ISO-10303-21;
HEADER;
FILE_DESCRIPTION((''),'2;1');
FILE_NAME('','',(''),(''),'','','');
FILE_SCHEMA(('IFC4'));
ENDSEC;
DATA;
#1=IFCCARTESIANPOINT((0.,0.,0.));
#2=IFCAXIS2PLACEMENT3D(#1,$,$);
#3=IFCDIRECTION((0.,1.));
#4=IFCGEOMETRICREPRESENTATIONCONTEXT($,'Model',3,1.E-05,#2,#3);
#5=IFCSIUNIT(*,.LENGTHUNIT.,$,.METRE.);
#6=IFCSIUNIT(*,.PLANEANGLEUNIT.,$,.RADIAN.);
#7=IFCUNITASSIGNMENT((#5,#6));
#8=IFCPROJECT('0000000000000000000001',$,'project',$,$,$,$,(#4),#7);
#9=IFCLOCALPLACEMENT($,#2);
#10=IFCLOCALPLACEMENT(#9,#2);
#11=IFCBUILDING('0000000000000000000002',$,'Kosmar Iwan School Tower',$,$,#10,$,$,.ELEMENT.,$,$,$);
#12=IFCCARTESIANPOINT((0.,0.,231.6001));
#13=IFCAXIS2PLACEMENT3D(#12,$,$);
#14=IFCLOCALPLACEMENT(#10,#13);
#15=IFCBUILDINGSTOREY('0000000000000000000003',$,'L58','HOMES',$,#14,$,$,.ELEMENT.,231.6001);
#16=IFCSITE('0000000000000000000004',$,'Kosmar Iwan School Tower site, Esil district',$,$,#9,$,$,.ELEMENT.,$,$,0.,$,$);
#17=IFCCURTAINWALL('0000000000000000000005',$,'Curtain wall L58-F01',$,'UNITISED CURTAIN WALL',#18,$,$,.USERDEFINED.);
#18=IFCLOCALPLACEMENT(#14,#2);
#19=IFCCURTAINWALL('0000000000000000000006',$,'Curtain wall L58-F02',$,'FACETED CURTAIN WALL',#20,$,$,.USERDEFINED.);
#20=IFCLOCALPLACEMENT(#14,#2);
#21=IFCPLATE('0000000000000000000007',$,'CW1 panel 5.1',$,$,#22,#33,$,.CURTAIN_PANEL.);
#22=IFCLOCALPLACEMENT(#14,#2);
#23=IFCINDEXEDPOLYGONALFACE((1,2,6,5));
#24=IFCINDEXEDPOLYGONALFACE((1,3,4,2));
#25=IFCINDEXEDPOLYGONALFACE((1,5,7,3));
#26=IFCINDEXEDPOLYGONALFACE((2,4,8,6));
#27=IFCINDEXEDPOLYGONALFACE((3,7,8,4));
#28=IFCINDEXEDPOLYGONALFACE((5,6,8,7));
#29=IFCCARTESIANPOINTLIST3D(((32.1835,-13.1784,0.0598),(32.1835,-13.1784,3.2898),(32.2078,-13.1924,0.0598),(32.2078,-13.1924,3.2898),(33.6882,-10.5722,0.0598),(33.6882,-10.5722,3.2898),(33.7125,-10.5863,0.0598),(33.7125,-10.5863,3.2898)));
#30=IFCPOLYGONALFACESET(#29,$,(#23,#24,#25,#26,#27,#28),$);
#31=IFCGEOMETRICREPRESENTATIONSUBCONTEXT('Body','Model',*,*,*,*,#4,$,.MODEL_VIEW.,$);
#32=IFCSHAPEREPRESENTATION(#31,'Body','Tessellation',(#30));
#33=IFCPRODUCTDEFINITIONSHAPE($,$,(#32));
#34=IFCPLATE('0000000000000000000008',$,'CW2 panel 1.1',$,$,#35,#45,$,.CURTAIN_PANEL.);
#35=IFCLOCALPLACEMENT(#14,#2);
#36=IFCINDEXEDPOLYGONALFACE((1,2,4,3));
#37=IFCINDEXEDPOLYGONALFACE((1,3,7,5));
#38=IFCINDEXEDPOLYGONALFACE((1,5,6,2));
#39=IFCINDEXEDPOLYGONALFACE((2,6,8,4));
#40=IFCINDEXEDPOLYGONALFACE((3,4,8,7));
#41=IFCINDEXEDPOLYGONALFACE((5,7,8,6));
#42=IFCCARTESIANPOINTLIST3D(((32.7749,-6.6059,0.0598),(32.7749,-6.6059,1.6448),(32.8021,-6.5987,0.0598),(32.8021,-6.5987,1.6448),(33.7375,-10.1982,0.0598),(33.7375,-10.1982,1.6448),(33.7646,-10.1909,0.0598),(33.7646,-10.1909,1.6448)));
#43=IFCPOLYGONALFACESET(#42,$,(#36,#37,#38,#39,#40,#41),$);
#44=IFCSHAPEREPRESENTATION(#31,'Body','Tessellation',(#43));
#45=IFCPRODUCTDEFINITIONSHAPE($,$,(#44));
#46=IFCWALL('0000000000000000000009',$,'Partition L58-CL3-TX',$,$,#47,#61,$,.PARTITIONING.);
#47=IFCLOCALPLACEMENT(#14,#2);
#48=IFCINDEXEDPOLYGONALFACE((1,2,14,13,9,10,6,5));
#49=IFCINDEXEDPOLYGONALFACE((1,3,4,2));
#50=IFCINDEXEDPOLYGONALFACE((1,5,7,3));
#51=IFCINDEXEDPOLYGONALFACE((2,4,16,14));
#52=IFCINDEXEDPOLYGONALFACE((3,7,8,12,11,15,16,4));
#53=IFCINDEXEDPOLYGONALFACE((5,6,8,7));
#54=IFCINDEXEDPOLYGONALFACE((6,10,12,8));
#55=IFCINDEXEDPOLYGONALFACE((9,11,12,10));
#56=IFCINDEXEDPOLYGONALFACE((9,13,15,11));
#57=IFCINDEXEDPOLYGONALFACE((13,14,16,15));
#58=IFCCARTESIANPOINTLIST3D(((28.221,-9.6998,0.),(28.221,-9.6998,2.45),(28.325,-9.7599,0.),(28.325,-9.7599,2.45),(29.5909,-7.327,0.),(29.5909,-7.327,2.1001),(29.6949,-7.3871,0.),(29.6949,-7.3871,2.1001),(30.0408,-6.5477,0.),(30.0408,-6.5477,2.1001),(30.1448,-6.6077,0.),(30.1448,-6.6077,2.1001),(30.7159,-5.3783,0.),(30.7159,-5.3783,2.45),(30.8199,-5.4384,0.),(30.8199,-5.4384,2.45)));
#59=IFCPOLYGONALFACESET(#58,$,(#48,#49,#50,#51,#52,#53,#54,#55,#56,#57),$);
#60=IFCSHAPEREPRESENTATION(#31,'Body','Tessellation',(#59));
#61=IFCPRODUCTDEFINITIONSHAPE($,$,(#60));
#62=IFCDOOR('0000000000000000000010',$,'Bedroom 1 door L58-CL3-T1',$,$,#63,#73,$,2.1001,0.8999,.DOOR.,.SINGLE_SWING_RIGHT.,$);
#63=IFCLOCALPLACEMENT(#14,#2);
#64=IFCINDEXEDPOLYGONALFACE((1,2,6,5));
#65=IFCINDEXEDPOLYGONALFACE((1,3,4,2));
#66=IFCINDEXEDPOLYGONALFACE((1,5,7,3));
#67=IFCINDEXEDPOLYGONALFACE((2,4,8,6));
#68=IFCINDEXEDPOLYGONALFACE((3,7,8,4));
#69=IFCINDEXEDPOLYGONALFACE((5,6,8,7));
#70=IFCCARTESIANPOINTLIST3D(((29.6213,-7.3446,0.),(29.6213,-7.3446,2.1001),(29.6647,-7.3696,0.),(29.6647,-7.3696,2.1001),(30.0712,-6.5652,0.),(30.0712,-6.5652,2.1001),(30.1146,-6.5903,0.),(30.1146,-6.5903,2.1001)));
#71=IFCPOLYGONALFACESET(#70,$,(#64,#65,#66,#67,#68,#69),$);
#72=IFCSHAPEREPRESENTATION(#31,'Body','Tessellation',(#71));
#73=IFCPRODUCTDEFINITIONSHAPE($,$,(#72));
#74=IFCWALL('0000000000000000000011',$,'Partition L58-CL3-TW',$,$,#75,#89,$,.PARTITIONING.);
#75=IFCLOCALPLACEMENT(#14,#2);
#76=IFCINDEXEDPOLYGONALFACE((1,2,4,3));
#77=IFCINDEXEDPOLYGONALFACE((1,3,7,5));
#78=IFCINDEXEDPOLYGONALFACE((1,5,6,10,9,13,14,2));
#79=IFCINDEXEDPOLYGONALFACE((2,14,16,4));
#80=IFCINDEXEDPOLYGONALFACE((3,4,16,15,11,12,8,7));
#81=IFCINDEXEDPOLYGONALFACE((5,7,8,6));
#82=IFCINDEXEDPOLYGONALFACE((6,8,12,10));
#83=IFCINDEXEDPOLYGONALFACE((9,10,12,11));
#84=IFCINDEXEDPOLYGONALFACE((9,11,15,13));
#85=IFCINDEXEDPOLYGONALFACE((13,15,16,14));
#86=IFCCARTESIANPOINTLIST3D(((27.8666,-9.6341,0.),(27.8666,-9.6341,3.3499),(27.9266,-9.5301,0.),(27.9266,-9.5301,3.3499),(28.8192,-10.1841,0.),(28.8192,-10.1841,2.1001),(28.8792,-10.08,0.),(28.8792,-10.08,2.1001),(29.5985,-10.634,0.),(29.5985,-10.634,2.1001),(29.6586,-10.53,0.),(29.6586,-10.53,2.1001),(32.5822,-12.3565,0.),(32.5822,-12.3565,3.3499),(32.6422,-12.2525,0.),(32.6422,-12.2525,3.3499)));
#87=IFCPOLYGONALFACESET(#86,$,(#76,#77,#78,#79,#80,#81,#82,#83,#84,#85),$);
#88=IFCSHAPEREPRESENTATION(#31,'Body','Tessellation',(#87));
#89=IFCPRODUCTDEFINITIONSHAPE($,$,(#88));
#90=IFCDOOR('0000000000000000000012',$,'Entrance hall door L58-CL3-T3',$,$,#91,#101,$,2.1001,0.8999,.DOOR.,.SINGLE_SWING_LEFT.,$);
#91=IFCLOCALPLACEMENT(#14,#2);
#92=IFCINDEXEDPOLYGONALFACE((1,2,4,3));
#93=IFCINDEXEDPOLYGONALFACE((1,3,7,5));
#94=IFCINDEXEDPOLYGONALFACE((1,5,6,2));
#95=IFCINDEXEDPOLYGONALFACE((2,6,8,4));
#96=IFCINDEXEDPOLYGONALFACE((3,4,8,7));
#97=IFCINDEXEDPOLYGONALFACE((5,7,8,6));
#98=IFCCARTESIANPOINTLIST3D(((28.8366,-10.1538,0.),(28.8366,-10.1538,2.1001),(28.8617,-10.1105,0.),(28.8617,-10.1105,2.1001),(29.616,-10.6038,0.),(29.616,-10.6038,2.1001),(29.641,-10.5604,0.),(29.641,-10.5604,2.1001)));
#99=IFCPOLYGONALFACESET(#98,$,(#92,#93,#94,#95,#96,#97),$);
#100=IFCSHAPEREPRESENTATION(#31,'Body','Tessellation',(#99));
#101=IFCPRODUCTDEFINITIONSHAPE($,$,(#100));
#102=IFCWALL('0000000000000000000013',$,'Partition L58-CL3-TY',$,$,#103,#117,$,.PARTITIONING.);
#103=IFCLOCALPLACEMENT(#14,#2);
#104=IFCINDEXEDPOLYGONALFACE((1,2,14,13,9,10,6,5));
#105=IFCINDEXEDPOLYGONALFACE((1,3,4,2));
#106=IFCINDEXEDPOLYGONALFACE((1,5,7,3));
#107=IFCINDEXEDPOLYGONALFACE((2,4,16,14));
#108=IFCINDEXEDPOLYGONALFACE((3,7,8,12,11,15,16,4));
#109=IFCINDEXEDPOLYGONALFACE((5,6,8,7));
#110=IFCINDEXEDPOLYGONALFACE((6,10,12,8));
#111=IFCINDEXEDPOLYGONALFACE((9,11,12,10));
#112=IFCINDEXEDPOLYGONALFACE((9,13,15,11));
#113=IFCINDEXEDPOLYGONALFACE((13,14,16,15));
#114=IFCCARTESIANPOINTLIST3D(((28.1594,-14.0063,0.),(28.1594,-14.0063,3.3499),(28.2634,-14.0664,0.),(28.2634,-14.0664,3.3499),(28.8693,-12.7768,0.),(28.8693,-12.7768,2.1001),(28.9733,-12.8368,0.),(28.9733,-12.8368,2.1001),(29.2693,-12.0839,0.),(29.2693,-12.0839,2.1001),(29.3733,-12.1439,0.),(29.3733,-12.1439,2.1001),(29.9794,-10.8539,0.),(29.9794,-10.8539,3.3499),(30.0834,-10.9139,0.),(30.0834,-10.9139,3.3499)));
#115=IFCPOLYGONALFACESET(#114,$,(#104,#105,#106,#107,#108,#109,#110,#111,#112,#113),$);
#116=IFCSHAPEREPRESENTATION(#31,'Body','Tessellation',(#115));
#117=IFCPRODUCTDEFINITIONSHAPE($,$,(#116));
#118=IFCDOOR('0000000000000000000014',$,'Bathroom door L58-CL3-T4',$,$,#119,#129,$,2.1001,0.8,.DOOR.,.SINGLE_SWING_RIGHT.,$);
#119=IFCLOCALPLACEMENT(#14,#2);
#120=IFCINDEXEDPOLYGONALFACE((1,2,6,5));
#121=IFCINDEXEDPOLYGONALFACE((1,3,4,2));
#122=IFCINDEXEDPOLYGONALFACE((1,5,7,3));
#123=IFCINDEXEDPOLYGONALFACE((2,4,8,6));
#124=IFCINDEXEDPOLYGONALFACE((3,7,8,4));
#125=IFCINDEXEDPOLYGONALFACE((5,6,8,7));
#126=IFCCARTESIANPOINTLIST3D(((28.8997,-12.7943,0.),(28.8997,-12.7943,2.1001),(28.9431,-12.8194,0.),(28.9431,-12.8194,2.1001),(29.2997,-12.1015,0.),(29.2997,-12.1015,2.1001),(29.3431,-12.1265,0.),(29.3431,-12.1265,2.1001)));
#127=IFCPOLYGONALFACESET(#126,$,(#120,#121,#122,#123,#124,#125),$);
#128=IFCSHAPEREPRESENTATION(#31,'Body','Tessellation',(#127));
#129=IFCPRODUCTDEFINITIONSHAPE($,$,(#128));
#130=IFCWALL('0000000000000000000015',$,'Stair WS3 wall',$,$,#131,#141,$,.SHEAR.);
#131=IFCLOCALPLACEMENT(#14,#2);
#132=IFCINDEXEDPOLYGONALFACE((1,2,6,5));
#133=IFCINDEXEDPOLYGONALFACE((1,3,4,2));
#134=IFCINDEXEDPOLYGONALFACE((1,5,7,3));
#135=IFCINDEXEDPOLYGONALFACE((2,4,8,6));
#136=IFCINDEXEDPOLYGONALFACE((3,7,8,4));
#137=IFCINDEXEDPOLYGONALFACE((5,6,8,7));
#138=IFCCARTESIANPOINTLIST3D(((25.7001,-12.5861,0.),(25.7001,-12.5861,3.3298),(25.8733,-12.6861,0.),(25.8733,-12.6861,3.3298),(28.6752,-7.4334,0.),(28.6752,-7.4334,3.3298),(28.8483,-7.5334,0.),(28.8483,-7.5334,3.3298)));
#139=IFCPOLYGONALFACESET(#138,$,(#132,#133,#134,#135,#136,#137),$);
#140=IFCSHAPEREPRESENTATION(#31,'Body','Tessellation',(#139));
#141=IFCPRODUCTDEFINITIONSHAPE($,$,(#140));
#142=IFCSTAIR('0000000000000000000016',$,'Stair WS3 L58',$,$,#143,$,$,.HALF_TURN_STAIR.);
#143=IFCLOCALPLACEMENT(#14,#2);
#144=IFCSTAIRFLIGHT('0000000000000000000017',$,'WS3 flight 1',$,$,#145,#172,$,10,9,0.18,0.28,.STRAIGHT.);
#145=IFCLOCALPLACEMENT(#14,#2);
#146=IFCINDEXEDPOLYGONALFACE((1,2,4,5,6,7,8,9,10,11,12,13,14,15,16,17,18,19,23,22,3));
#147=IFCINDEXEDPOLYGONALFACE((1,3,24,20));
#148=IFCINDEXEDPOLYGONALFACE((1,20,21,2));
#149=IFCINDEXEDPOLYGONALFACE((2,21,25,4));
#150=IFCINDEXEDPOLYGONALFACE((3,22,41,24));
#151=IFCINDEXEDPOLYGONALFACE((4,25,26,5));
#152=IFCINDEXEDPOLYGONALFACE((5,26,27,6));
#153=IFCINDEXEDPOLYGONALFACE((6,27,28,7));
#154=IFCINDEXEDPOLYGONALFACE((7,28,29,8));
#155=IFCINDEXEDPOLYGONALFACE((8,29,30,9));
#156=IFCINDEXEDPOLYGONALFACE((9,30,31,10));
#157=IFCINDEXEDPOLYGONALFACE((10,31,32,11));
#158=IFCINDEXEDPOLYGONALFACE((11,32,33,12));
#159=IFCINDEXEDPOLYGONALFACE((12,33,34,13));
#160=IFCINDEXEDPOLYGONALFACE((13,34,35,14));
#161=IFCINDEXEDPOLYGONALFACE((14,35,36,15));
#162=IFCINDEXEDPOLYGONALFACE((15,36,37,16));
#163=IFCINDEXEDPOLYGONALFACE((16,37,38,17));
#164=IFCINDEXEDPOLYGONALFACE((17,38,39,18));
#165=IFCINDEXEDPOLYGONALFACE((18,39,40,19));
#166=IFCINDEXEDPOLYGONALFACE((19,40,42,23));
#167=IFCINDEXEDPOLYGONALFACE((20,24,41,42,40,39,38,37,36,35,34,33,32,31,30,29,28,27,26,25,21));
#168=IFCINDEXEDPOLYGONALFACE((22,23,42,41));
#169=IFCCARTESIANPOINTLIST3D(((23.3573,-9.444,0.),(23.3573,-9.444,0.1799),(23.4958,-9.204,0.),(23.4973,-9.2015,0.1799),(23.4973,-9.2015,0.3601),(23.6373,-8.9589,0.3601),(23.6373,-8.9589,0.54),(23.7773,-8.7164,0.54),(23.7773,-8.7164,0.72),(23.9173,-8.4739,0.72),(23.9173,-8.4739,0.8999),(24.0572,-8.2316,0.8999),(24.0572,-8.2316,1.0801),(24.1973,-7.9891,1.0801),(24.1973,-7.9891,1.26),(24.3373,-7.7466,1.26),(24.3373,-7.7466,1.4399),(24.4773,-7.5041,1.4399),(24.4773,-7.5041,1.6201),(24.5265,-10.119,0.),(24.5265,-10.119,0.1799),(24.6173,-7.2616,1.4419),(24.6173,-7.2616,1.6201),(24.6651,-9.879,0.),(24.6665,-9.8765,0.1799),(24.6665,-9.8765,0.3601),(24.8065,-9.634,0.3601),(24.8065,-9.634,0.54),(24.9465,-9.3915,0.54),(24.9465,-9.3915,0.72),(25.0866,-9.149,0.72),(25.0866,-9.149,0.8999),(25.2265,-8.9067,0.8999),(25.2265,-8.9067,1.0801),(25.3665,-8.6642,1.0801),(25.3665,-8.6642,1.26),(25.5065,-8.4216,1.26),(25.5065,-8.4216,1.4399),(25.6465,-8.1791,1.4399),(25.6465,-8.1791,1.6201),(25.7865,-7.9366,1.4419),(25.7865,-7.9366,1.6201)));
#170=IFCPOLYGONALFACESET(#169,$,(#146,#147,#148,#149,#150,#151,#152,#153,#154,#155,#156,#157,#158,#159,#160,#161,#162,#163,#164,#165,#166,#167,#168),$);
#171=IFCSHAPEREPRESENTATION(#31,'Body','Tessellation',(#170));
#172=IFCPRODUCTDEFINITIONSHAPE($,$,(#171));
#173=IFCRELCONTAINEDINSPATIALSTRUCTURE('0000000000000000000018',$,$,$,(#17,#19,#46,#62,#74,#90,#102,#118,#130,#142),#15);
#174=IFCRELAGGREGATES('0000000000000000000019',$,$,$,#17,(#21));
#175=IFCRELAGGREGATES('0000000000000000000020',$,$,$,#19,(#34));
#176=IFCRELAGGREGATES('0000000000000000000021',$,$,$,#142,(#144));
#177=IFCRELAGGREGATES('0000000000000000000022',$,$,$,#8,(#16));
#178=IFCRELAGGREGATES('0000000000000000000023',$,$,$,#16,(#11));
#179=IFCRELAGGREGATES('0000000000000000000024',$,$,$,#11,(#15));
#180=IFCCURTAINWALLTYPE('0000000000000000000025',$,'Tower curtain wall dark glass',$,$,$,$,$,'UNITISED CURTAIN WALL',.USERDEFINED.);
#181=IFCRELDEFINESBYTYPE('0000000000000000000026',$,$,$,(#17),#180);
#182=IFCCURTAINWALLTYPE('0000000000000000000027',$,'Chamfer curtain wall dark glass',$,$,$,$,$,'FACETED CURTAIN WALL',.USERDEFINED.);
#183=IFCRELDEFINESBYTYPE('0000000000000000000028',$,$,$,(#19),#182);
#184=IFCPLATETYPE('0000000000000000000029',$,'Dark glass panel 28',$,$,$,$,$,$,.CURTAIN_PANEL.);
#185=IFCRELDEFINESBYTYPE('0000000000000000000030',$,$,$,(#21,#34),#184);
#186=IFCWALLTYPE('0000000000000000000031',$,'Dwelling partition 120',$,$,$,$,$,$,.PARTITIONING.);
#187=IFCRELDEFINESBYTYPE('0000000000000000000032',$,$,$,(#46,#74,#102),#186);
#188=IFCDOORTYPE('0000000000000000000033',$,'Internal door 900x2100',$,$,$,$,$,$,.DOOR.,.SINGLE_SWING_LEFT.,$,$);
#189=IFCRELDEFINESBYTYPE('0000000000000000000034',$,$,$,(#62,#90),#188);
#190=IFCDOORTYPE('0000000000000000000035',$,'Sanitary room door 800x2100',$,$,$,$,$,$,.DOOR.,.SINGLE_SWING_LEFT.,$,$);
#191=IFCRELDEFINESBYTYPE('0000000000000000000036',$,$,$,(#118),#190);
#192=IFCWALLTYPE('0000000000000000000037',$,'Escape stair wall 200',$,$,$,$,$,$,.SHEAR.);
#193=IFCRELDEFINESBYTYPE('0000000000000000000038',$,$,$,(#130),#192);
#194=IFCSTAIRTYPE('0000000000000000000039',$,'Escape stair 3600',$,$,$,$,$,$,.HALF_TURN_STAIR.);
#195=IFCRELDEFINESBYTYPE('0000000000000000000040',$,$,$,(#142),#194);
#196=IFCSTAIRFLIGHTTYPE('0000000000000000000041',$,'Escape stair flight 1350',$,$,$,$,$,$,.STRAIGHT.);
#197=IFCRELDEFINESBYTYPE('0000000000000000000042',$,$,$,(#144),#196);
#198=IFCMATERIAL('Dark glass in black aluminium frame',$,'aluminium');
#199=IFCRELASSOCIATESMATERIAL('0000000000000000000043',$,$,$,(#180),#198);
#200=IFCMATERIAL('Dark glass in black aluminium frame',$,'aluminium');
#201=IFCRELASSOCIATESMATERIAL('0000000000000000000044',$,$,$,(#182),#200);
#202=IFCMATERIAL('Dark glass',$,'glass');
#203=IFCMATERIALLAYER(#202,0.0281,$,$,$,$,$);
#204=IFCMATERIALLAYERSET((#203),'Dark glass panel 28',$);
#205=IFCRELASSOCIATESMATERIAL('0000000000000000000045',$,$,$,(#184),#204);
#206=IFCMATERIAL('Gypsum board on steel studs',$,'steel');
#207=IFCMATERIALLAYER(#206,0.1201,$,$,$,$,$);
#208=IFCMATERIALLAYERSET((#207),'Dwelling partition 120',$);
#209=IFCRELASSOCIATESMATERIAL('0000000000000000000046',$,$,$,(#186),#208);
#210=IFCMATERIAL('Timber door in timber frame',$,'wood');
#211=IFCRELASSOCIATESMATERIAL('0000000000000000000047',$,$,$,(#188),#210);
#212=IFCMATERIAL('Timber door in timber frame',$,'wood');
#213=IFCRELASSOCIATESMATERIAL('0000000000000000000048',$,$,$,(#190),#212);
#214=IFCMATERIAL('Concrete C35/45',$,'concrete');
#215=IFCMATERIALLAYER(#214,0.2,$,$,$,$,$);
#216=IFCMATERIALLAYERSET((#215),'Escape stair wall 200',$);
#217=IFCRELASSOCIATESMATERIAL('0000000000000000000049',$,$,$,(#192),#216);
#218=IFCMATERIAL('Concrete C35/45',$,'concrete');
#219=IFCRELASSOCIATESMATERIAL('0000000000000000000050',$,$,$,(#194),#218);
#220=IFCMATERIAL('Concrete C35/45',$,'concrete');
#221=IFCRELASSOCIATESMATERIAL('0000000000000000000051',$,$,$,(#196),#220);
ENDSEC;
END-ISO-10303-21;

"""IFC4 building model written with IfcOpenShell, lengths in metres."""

from ifc_helpers import new_model, si_unit, direction, frame, frame_2d, origin, origin_2d, place, context, subcontext, project, spatial, polyline, rectangle, outline, extrude, material, layer, layer_set, type_object, element, fill, aggregate, save


model = new_model("IFC4")

# Units and contexts
model_context = context("Model", 3, precision=1e-05, world=origin(), true_north=direction((0.0, 1.0)))
body_context = subcontext(model_context, "Body", "Model", "MODEL_VIEW")
ifc_project = project(units=[si_unit("LENGTHUNIT", "METRE"), si_unit("PLANEANGLEUNIT", "RADIAN")], contexts=[model_context])

# Site, building, storey
site_placement = place(None, origin())
site = spatial("IfcSite", under=ifc_project, at=site_placement, Name="Kosmar Iwan School Tower site, Esil district", CompositionType="ELEMENT", RefElevation=0.0)
building_placement = place(site_placement, origin())
building = spatial("IfcBuilding", under=site, at=building_placement, Name="Kosmar Iwan School Tower", CompositionType="ELEMENT")
storey_placement = place(building_placement, frame((0.0, 0.0, 231.6001)))
storey = spatial("IfcBuildingStorey", under=building, at=storey_placement, Name="L58", Description="HOMES", CompositionType="ELEMENT", Elevation=231.6001)

# Curtain wall
ifc_material_1 = material(Name="Dark glass in black aluminium frame", Category="aluminium")
curtain_wall_type_1 = type_object("IfcCurtainWallType", Name="Tower curtain wall dark glass", ElementType="UNITISED CURTAIN WALL", PredefinedType="USERDEFINED", material=ifc_material_1)
curtain_wall_1_placement = place(storey_placement, origin())
curtain_wall_1 = element("IfcCurtainWall", 1, at=curtain_wall_1_placement, inside=storey, type_object=curtain_wall_type_1, Name="Curtain wall L58-F01", ObjectType="UNITISED CURTAIN WALL", PredefinedType="USERDEFINED")

# Curtain wall
ifc_material_2 = material(Name="Dark glass in black aluminium frame", Category="aluminium")
curtain_wall_type_2 = type_object("IfcCurtainWallType", Name="Chamfer curtain wall dark glass", ElementType="FACETED CURTAIN WALL", PredefinedType="USERDEFINED", material=ifc_material_2)
curtain_wall_2_placement = place(storey_placement, origin())
curtain_wall_2 = element("IfcCurtainWall", 2, at=curtain_wall_2_placement, inside=storey, type_object=curtain_wall_type_2, Name="Curtain wall L58-F02", ObjectType="FACETED CURTAIN WALL", PredefinedType="USERDEFINED")

# Plates
ifc_material_3 = material(Name="Dark glass", Category="glass")
ifc_layer_1 = layer(ifc_material_3, 0.0281)
ifc_layer_set_1 = layer_set([ifc_layer_1], Name="Dark glass panel 28")
plate_type = type_object("IfcPlateType", Name="Dark glass panel 28", PredefinedType="CURTAIN_PANEL", material=ifc_layer_set_1)
plate_1_placement = place(storey_placement, frame((32.948, -11.8823, 0.0598), z_axis=(0.0, 0.0, 1.0), x_axis=(0.5, 0.866025, 0.0)))
plate_1 = element("IfcPlate", 3, at=plate_1_placement, type_object=plate_type, Name="CW1 panel 5.1", PredefinedType="CURTAIN_PANEL", context=body_context, shape_type="SweptSolid", body=[
    extrude(rectangle(XDim=3.0093, YDim=0.0281, at=origin_2d()), origin(), (0.0, 0.0, 1.0), 3.23),
])
aggregate(curtain_wall_1, [plate_1])
plate_2_placement = place(storey_placement, frame((33.2698, -8.3984, 0.0598), z_axis=(0.0, 0.0, 1.0), x_axis=(-0.258819, 0.965926, 0.0)))
plate_2 = element("IfcPlate", 4, at=plate_2_placement, type_object=plate_type, Name="CW2 panel 1.1", PredefinedType="CURTAIN_PANEL", context=body_context, shape_type="SweptSolid", body=[
    extrude(rectangle(XDim=3.719, YDim=0.0281, at=origin_2d()), origin(), (0.0, 0.0, 1.0), 1.585),
])
aggregate(curtain_wall_2, [plate_2])

# Walls, openings, doors
ifc_material_4 = material(Name="Gypsum board on steel studs", Category="steel")
ifc_layer_2 = layer(ifc_material_4, 0.1201)
ifc_layer_set_2 = layer_set([ifc_layer_2], Name="Dwelling partition 120")
wall_type_1 = type_object("IfcWallType", Name="Dwelling partition 120", PredefinedType="PARTITIONING", material=ifc_layer_set_2)
wall_1_placement = place(storey_placement, frame((28.2729, -9.73, 0.0), z_axis=(0.0, 0.0, 1.0), x_axis=(0.499975, 0.86604, 0.0)))
wall_1 = element("IfcWall", 5, at=wall_1_placement, inside=storey, type_object=wall_type_1, Name="Partition L58-CL3-TX", PredefinedType="PARTITIONING", context=body_context, shape_type="SweptSolid", body=[
    extrude(rectangle(XDim=4.99, YDim=0.1201, at=frame_2d((2.4951, 0.0))), origin(), (0.0, 0.0, 1.0), 2.45),
])
opening_1_placement = place(wall_1_placement, frame((2.74, 0.0, 0.0)))
opening_1 = element("IfcOpeningElement", 6, at=opening_1_placement, cuts=wall_1, PredefinedType="OPENING", context=body_context, shape_type="SweptSolid", body=[
    extrude(rectangle(XDim=0.8999, YDim=2.1001, at=frame_2d((0.45, 1.05))), frame((0.0, 0.072, 0.0), z_axis=(0.0, -1.0, 0.0), x_axis=(1.0, 0.0, 0.0)), (0.0, 0.0, 1.0), 0.144),
])
ifc_material_5 = material(Name="Timber door in timber frame", Category="wood")
door_type_1 = type_object("IfcDoorType", Name="Internal door 900x2100", OperationType="SINGLE_SWING_LEFT", PredefinedType="DOOR", material=ifc_material_5)
door_1_placement = place(opening_1_placement, origin())
door_1 = element("IfcDoor", 7, at=door_1_placement, inside=storey, type_object=door_type_1, Name="Bedroom 1 door L58-CL3-T1", OperationType="SINGLE_SWING_RIGHT", OverallHeight=2.1001, OverallWidth=0.8999, PredefinedType="DOOR", context=body_context, shape_type="SweptSolid", body=[
    extrude(rectangle(XDim=0.8999, YDim=2.1001, at=frame_2d((0.45, 1.05))), frame((0.0, 0.0249, 0.0), z_axis=(0.0, -1.0, 0.0), x_axis=(1.0, 0.0, 0.0)), (0.0, 0.0, 1.0), 0.05),
])
fill(opening_1, door_1)
wall_2_placement = place(storey_placement, frame((27.8965, -9.582, 0.0), z_axis=(0.0, 0.0, 1.0), x_axis=(0.866036, -0.499982, 0.0)))
wall_2 = element("IfcWall", 8, at=wall_2_placement, inside=storey, type_object=wall_type_1, Name="Partition L58-CL3-TW", PredefinedType="PARTITIONING", context=body_context, shape_type="SweptSolid", body=[
    extrude(rectangle(XDim=5.4451, YDim=0.1201, at=frame_2d((2.7227, 0.0))), origin(), (0.0, 0.0, 1.0), 3.3499),
])
opening_2_placement = place(wall_2_placement, frame((1.1001, 0.0, 0.0)))
opening_2 = element("IfcOpeningElement", 9, at=opening_2_placement, cuts=wall_2, PredefinedType="OPENING", context=body_context, shape_type="SweptSolid", body=[
    extrude(rectangle(XDim=0.8999, YDim=2.1001, at=frame_2d((0.45, 1.05))), frame((0.0, 0.072, 0.0), z_axis=(0.0, -1.0, 0.0), x_axis=(1.0, 0.0, 0.0)), (0.0, 0.0, 1.0), 0.144),
])
door_2_placement = place(opening_2_placement, origin())
door_2 = element("IfcDoor", 10, at=door_2_placement, inside=storey, type_object=door_type_1, Name="Entrance hall door L58-CL3-T3", OperationType="SINGLE_SWING_LEFT", OverallHeight=2.1001, OverallWidth=0.8999, PredefinedType="DOOR", context=body_context, shape_type="SweptSolid", body=[
    extrude(rectangle(XDim=0.8999, YDim=2.1001, at=frame_2d((0.45, 1.05))), frame((0.0, 0.0249, 0.0), z_axis=(0.0, -1.0, 0.0), x_axis=(1.0, 0.0, 0.0)), (0.0, 0.0, 1.0), 0.05),
])
fill(opening_2, door_2)
wall_3_placement = place(storey_placement, frame((28.2114, -14.0364, 0.0), z_axis=(0.0, 0.0, 1.0), x_axis=(0.499984, 0.866035, 0.0)))
wall_3 = element("IfcWall", 11, at=wall_3_placement, inside=storey, type_object=wall_type_1, Name="Partition L58-CL3-TY", PredefinedType="PARTITIONING", context=body_context, shape_type="SweptSolid", body=[
    extrude(rectangle(XDim=3.6401, YDim=0.1201, at=frame_2d((1.8201, 0.0))), origin(), (0.0, 0.0, 1.0), 3.3499),
])
opening_3_placement = place(wall_3_placement, frame((1.4199, 0.0, 0.0)))
opening_3 = element("IfcOpeningElement", 12, at=opening_3_placement, cuts=wall_3, PredefinedType="OPENING", context=body_context, shape_type="SweptSolid", body=[
    extrude(rectangle(XDim=0.8, YDim=2.1001, at=frame_2d((0.3999, 1.05))), frame((0.0, 0.072, 0.0), z_axis=(0.0, -1.0, 0.0), x_axis=(1.0, 0.0, 0.0)), (0.0, 0.0, 1.0), 0.144),
])
ifc_material_6 = material(Name="Timber door in timber frame", Category="wood")
door_type_2 = type_object("IfcDoorType", Name="Sanitary room door 800x2100", OperationType="SINGLE_SWING_LEFT", PredefinedType="DOOR", material=ifc_material_6)
door_3_placement = place(opening_3_placement, origin())
door_3 = element("IfcDoor", 13, at=door_3_placement, inside=storey, type_object=door_type_2, Name="Bathroom door L58-CL3-T4", OperationType="SINGLE_SWING_RIGHT", OverallHeight=2.1001, OverallWidth=0.8, PredefinedType="DOOR", context=body_context, shape_type="SweptSolid", body=[
    extrude(rectangle(XDim=0.8, YDim=2.1001, at=frame_2d((0.3999, 1.05))), frame((0.0, 0.0249, 0.0), z_axis=(0.0, -1.0, 0.0), x_axis=(1.0, 0.0, 0.0)), (0.0, 0.0, 1.0), 0.05),
])
fill(opening_3, door_3)

# Wall
ifc_material_7 = material(Name="Concrete C35/45", Category="concrete")
ifc_layer_3 = layer(ifc_material_7, 0.2)
ifc_layer_set_3 = layer_set([ifc_layer_3], Name="Escape stair wall 200")
wall_type_2 = type_object("IfcWallType", Name="Escape stair wall 200", PredefinedType="SHEAR", material=ifc_layer_set_3)
wall_4_placement = place(storey_placement, frame((25.7866, -12.6362, 0.0), z_axis=(0.0, 0.0, 1.0), x_axis=(0.500014, 0.866017, 0.0)))
element("IfcWall", 14, at=wall_4_placement, inside=storey, type_object=wall_type_2, Name="Stair WS3 wall", PredefinedType="SHEAR", context=body_context, shape_type="SweptSolid", body=[
    extrude(rectangle(XDim=5.95, YDim=0.2, at=frame_2d((2.9751, 0.0))), origin(), (0.0, 0.0, 1.0), 3.3298),
])

# Stair, stair flight
ifc_material_8 = material(Name="Concrete C35/45", Category="concrete")
stair_type = type_object("IfcStairType", Name="Escape stair 3600", PredefinedType="HALF_TURN_STAIR", material=ifc_material_8)
stair_placement = place(storey_placement, origin())
stair = element("IfcStair", 15, at=stair_placement, inside=storey, type_object=stair_type, Name="Stair WS3 L58", PredefinedType="HALF_TURN_STAIR")
ifc_material_9 = material(Name="Concrete C35/45", Category="concrete")
stair_flight_type = type_object("IfcStairFlightType", Name="Escape stair flight 1350", PredefinedType="STRAIGHT", material=ifc_material_9)
stair_flight_1_placement = place(storey_placement, frame((23.9419, -9.7815, 0.0), z_axis=(0.0, 0.0, 1.0), x_axis=(0.5, 0.866025, 0.0)))
stair_flight_1 = element("IfcStairFlight", 16, at=stair_flight_1_placement, type_object=stair_flight_type, Name="WS3 flight 1", NumberOfRisers=10, NumberOfTreads=9, PredefinedType="STRAIGHT", RiserHeight=0.18, TreadLength=0.28, context=body_context, shape_type="SweptSolid", body=[
    extrude(outline(polyline([(0.0, 0.0), (0.0, 0.1799), (0.28, 0.1799), (0.28, 0.3601), (0.5601, 0.3601), (0.5601, 0.54), (0.8401, 0.54), (0.8401, 0.72), (1.1201, 0.72), (1.1201, 0.8999), (1.3999, 0.8999), (1.3999, 1.0801), (1.6799, 1.0801), (1.6799, 1.26), (1.96, 1.26), (1.96, 1.4399), (2.24, 1.4399), (2.24, 1.6201), (2.52, 1.6201), (2.52, 1.8), (2.52, 1.4419), (0.2771, 0.0), (0.0, 0.0)])), frame((0.0, 0.675, 0.0), z_axis=(0.0, -1.0, 0.0), x_axis=(1.0, 0.0, 0.0)), (0.0, 0.0, 1.0), 1.3501),
])
aggregate(stair, [stair_flight_1])

save(model, "model.ifc")
